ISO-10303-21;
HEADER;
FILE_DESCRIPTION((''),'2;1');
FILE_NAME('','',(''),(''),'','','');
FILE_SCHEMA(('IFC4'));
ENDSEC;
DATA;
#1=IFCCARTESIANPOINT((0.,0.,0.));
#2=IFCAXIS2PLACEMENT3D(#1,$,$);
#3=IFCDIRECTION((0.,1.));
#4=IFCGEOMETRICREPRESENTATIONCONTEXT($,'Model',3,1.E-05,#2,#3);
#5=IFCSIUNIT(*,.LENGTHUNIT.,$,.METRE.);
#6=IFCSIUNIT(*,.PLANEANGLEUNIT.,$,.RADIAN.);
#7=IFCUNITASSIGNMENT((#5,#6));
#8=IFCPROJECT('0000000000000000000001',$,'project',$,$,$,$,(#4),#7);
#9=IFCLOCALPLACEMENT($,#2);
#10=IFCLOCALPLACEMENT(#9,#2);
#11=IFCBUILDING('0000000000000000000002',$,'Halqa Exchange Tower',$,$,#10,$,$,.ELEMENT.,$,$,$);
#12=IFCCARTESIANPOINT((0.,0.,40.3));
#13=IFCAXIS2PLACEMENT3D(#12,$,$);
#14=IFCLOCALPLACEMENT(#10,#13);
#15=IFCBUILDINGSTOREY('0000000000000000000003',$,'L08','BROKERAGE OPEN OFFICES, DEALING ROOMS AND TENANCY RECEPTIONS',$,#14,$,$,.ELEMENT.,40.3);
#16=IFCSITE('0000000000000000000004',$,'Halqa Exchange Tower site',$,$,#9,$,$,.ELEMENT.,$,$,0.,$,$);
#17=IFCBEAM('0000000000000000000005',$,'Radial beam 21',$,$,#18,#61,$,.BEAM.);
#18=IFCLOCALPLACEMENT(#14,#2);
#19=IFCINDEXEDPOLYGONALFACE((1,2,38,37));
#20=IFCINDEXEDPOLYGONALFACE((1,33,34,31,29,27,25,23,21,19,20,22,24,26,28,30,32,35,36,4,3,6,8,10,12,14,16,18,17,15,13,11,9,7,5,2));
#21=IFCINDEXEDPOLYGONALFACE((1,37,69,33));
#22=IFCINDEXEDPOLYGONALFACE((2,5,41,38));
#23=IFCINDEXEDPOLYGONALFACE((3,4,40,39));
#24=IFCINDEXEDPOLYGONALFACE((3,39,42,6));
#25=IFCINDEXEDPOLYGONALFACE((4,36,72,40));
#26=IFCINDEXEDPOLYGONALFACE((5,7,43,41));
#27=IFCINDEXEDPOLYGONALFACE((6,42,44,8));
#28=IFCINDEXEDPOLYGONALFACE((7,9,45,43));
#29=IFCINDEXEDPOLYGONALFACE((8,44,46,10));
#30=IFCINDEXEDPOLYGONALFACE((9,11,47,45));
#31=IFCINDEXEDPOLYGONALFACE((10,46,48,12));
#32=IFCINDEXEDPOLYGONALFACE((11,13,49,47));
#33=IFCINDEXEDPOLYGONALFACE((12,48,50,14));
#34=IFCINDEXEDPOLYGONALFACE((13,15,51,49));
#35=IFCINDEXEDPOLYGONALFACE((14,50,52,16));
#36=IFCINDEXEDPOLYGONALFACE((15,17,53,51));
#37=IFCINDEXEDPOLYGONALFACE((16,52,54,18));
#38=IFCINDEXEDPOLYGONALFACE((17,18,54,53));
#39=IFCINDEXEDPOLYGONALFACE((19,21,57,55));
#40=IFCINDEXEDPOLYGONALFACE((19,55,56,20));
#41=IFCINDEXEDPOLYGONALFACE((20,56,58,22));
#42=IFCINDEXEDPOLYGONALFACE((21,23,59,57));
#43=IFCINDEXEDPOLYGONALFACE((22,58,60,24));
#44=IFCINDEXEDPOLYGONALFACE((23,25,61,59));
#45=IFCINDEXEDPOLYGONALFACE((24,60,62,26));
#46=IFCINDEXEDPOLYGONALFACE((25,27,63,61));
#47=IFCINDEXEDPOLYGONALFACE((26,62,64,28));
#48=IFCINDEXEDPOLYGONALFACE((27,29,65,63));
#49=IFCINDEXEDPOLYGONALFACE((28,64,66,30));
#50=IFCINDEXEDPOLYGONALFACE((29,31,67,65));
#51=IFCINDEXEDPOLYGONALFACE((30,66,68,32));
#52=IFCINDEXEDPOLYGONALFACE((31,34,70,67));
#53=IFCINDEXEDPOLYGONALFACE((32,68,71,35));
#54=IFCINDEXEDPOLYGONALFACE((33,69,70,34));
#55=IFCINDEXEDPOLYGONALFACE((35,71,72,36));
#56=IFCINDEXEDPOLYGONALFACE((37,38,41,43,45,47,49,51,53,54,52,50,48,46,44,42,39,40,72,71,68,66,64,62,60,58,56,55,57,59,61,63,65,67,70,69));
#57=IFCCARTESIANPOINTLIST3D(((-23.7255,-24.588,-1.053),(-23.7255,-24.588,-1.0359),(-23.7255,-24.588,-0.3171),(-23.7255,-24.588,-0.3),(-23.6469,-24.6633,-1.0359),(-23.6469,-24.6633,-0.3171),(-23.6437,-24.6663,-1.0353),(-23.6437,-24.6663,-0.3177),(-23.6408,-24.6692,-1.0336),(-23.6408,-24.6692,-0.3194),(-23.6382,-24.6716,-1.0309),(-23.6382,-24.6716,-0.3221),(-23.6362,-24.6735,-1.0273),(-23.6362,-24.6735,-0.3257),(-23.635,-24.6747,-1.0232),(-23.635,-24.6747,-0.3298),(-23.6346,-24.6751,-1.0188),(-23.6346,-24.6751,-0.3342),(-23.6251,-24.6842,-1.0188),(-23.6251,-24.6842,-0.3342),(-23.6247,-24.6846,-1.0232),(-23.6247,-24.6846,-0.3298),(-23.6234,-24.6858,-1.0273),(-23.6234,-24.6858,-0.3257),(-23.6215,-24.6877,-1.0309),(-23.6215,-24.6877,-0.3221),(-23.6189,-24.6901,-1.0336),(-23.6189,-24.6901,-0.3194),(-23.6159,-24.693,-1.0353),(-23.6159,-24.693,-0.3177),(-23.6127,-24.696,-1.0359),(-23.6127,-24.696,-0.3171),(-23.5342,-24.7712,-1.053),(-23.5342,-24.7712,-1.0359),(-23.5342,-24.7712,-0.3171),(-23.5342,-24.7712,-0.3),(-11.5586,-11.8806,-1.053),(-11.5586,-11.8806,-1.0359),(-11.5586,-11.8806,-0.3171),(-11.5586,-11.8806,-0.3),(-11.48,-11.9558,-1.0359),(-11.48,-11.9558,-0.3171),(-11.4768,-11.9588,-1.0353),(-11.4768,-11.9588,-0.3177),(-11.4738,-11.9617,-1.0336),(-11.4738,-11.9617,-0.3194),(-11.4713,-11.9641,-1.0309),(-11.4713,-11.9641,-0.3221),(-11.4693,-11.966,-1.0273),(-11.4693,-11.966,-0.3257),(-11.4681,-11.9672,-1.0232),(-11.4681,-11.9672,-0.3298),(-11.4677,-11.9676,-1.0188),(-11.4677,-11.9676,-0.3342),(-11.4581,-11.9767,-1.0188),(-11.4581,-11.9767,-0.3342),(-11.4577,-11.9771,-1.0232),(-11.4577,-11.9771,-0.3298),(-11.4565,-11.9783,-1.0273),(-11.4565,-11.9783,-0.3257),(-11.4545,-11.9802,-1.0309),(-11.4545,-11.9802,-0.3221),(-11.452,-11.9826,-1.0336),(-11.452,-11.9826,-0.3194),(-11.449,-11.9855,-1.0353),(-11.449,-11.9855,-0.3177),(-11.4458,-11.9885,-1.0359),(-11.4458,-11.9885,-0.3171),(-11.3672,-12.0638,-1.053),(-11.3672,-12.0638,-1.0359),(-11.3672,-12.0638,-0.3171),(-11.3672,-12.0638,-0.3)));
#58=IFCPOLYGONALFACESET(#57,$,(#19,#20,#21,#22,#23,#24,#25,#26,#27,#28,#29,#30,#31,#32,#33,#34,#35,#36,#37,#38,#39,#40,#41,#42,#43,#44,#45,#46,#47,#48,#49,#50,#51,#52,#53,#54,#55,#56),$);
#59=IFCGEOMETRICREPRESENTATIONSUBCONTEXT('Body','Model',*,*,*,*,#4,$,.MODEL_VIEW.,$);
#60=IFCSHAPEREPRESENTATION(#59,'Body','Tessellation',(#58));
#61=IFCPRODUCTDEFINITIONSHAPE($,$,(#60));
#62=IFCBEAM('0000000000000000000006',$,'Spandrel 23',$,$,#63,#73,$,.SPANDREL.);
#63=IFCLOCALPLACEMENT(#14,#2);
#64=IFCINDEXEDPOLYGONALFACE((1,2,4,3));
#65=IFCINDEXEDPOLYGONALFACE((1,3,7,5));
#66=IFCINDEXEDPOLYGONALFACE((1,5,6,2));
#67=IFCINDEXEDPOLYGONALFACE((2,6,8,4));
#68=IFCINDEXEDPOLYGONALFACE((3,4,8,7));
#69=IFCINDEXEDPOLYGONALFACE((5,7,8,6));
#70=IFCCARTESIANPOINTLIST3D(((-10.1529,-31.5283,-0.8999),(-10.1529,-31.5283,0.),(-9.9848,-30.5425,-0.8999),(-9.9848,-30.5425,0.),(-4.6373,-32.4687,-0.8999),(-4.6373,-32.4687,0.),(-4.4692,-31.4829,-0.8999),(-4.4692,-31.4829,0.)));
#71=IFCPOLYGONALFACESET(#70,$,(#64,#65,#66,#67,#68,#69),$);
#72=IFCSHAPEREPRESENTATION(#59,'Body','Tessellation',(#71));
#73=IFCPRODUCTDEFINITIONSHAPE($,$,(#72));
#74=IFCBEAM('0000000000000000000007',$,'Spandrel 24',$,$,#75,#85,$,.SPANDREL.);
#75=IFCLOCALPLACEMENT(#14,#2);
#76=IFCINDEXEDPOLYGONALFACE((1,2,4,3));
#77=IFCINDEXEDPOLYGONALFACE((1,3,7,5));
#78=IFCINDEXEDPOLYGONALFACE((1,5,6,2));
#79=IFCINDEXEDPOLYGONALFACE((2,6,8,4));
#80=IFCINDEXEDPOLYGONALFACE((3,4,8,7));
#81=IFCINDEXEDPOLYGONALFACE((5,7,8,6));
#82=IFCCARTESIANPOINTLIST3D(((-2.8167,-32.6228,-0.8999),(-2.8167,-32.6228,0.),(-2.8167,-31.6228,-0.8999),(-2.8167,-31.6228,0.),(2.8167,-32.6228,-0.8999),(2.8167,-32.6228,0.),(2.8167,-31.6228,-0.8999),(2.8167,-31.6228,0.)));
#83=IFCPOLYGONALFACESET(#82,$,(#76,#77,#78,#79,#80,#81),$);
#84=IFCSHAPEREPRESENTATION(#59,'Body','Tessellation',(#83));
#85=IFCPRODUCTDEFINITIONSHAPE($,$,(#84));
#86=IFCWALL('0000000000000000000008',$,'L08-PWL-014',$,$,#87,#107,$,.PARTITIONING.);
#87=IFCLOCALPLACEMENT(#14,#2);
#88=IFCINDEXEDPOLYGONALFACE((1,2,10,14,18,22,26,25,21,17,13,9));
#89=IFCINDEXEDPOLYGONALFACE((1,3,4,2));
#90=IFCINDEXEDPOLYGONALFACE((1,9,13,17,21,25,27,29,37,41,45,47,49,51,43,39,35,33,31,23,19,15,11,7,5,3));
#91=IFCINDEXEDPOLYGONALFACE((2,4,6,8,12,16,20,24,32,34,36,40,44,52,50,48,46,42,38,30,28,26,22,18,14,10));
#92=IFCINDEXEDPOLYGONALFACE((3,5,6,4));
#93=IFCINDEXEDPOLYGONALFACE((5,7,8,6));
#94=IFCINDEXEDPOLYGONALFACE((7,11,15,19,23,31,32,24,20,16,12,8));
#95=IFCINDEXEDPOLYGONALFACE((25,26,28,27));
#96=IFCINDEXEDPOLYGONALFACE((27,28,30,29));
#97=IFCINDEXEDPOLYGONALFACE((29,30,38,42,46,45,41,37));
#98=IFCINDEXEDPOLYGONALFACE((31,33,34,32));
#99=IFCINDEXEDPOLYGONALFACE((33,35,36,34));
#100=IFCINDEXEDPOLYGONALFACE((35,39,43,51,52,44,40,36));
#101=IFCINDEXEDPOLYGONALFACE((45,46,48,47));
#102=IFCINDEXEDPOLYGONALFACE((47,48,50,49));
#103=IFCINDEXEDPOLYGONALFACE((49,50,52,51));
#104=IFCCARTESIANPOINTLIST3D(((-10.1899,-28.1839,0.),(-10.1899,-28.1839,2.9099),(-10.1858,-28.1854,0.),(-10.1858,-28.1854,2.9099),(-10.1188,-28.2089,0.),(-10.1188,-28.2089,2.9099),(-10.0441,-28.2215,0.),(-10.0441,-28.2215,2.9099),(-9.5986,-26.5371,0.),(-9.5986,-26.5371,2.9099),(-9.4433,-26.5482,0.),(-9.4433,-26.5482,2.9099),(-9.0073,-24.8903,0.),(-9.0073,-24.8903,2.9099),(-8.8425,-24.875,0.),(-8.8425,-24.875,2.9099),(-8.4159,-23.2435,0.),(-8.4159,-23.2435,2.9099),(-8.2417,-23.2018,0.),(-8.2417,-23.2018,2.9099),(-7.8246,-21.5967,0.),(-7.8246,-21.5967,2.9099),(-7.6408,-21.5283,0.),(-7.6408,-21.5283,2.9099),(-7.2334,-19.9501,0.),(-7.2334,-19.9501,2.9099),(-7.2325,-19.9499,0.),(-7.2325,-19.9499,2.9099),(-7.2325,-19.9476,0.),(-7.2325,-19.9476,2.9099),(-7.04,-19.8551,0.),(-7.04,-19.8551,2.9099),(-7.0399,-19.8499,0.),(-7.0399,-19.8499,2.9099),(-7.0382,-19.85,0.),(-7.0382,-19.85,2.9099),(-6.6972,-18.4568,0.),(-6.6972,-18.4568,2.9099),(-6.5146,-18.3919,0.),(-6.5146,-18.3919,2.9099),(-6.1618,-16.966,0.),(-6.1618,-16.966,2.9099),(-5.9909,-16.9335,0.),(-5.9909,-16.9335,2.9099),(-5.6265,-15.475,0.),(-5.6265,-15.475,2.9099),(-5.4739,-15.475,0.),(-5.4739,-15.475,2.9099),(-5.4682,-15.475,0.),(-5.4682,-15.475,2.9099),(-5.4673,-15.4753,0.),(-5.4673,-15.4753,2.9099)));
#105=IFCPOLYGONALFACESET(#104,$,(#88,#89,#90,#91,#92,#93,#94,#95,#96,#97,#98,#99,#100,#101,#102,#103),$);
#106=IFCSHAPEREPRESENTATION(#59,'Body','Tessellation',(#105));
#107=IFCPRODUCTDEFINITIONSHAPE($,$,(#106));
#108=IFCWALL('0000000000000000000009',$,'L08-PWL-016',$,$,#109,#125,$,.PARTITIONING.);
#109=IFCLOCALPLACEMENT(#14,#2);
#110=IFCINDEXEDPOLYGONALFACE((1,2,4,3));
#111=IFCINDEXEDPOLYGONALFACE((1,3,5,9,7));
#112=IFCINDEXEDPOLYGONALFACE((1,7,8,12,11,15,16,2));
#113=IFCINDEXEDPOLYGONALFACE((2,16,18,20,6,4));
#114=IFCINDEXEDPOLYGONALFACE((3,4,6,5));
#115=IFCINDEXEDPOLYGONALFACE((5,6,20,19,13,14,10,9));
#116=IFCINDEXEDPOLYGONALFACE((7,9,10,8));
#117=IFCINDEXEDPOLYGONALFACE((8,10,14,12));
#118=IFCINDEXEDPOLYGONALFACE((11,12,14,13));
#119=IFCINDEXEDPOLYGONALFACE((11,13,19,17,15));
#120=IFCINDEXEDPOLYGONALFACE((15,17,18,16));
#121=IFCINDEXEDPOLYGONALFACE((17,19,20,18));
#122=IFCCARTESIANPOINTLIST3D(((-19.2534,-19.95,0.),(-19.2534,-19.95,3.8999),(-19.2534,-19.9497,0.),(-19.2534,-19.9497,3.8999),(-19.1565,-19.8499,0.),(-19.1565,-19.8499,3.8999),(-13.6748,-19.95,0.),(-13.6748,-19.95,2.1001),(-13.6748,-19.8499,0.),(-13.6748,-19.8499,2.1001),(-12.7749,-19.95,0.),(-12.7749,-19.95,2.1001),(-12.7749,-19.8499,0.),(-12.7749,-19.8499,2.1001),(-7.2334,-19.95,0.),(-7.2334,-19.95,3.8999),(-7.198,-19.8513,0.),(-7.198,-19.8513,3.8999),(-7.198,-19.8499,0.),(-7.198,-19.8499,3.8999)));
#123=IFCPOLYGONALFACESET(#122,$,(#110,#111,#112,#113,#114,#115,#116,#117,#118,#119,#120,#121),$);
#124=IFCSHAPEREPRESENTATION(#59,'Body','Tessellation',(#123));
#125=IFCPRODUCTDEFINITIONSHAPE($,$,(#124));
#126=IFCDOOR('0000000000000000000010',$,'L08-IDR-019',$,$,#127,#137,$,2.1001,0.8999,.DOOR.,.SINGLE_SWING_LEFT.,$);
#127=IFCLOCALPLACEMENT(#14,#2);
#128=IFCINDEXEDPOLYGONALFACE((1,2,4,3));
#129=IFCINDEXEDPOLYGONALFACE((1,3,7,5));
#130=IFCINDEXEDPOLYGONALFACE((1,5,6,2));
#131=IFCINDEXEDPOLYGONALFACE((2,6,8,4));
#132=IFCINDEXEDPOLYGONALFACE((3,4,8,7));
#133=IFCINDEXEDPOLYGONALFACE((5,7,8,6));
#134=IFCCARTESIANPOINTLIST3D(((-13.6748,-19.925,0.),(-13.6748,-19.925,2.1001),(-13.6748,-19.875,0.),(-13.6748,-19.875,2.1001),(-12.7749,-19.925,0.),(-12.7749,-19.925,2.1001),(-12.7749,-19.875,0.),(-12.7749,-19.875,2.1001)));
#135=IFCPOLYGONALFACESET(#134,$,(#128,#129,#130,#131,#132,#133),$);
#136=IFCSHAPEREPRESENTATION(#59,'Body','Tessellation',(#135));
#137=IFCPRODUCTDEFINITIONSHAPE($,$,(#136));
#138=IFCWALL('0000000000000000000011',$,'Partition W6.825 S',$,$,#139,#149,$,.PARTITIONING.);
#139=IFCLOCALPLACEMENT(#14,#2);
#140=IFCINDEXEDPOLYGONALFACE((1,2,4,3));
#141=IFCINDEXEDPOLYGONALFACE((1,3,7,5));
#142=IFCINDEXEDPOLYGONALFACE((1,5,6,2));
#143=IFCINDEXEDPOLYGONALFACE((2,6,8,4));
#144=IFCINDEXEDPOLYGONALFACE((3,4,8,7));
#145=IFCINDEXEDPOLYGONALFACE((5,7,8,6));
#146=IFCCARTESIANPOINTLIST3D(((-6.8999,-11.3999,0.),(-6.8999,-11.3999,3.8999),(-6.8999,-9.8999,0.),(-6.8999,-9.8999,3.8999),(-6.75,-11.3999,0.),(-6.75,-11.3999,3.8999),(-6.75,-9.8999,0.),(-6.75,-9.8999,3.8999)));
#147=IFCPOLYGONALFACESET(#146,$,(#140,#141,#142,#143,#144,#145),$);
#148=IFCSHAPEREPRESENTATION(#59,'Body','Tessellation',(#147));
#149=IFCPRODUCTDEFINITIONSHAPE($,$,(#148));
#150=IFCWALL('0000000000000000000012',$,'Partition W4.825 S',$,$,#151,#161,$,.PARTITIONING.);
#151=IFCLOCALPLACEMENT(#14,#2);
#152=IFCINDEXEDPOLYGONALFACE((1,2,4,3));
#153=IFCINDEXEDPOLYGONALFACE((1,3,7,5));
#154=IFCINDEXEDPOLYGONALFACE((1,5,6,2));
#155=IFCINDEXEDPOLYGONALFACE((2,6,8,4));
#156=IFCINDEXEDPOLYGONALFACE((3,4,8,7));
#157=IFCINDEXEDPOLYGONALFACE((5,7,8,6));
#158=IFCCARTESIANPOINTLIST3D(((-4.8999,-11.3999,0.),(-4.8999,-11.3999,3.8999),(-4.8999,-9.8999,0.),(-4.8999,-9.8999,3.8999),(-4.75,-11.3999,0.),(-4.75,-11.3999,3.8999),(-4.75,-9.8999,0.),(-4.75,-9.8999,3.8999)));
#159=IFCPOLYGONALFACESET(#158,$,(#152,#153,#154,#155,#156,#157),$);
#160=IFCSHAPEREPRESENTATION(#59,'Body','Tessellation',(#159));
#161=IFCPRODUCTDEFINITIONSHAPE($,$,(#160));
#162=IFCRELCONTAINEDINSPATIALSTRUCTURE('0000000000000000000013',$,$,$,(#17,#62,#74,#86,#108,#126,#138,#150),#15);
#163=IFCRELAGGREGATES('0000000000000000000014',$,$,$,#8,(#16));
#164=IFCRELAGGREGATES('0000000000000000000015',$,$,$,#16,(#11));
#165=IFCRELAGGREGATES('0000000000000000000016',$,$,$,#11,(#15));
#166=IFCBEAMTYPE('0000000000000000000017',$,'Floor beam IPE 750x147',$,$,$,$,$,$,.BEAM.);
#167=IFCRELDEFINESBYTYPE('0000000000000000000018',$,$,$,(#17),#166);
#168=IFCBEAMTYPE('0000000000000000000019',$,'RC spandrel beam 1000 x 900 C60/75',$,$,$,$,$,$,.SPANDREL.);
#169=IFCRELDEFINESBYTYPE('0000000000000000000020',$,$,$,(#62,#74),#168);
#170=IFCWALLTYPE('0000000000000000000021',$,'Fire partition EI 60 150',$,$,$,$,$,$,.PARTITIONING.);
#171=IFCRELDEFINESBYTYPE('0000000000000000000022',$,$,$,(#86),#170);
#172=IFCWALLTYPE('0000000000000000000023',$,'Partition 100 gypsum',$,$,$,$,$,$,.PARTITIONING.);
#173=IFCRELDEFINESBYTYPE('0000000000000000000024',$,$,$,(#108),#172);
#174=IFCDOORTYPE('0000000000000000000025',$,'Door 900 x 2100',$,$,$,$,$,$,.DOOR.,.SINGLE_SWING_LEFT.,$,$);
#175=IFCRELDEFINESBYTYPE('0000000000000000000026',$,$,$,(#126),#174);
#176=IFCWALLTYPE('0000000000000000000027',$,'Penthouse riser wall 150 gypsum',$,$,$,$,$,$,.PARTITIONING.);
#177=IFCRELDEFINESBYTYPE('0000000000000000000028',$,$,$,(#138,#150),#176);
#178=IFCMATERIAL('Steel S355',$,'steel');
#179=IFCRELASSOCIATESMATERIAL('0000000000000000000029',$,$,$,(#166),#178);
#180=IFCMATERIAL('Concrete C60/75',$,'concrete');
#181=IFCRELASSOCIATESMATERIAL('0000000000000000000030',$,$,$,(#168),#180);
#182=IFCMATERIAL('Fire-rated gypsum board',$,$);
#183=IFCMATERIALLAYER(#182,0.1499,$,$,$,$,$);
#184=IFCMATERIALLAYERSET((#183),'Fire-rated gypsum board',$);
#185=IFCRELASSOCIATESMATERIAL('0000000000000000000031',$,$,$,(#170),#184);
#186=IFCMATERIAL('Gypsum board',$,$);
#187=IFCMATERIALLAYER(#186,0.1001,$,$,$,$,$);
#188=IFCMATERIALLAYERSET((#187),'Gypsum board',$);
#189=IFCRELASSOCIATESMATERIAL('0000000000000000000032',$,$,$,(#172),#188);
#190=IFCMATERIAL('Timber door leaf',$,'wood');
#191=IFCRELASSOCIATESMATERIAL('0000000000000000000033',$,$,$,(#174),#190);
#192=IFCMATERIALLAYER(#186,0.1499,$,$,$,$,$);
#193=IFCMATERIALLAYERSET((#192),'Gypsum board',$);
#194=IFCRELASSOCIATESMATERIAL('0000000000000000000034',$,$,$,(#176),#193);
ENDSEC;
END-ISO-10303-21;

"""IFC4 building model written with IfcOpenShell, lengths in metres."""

from ifc_helpers import new_model, si_unit, direction, frame, frame_2d, origin, origin_2d, place, context, subcontext, project, spatial, polyline, rectangle, i_section, outline, extrude, material, layer, layer_set, material_profile, profile_set, type_object, element, fill, save


model = new_model("IFC4")

# Units and contexts
model_context = context("Model", 3, precision=1e-05, world=origin(), true_north=direction((0.0, 1.0)))
body_context = subcontext(model_context, "Body", "Model", "MODEL_VIEW")
ifc_project = project(units=[si_unit("LENGTHUNIT", "METRE"), si_unit("PLANEANGLEUNIT", "RADIAN")], contexts=[model_context])

# Site, building, storey
site_placement = place(None, origin())
site = spatial("IfcSite", under=ifc_project, at=site_placement, Name="Halqa Exchange Tower site", CompositionType="ELEMENT", RefElevation=0.0)
building_placement = place(site_placement, origin())
building = spatial("IfcBuilding", under=site, at=building_placement, Name="Halqa Exchange Tower", CompositionType="ELEMENT")
storey_placement = place(building_placement, frame((0.0, 0.0, 40.3)))
storey = spatial("IfcBuildingStorey", under=building, at=storey_placement, Name="L08", Description="BROKERAGE OPEN OFFICES, DEALING ROOMS AND TENANCY RECEPTIONS", CompositionType="ELEMENT", Elevation=40.3)

# Beams
ifc_material_1 = material(Name="Steel S355", Category="steel")
ifc_material_profile_1 = material_profile(ifc_material_1, i_section(OverallWidth=0.2649, OverallDepth=0.7529, WebThickness=0.0132, FlangeThickness=0.0171, FilletRadius=0.0171, at=origin_2d()), Name="IPE 750x147")
ifc_profile_set_1 = profile_set([ifc_material_profile_1], Name="Steel S355")
beam_type_1 = type_object("IfcBeamType", Name="Floor beam IPE 750x147", PredefinedType="BEAM", material=ifc_profile_set_1)
beam_1_placement = place(storey_placement, frame((-11.4629, -11.9722, -0.6765), z_axis=(-0.691578, -0.722302, 0.0), x_axis=(0.722302, -0.691578, 0.0)))
element("IfcBeam", 1, at=beam_1_placement, inside=storey, type_object=beam_type_1, Name="Radial beam 21", PredefinedType="BEAM", context=body_context, shape_type="SweptSolid", body=[
    extrude(i_section(OverallWidth=0.2649, OverallDepth=0.7529, WebThickness=0.0132, FlangeThickness=0.0171, FilletRadius=0.0171, at=origin_2d()), origin(), (0.0, 0.0, 1.0), 17.593),
])
ifc_material_2 = material(Name="Concrete C60/75", Category="concrete")
ifc_material_profile_2 = material_profile(ifc_material_2, rectangle(XDim=1.0, YDim=0.8999, at=origin_2d()), Name="1000 x 900")
ifc_profile_set_2 = profile_set([ifc_material_profile_2], Name="Concrete C60/75")
beam_type_2 = type_object("IfcBeamType", Name="RC spandrel beam 1000 x 900 C60/75", PredefinedType="SPANDREL", material=ifc_profile_set_2)
beam_2_placement = place(storey_placement, frame((-10.0688, -31.0354, -0.45), z_axis=(0.985774, -0.168077, 0.0), x_axis=(0.168077, 0.985774, 0.0)))
element("IfcBeam", 2, at=beam_2_placement, inside=storey, type_object=beam_type_2, Name="Spandrel 23", PredefinedType="SPANDREL", context=body_context, shape_type="SweptSolid", body=[
    extrude(rectangle(XDim=1.0, YDim=0.8999, at=origin_2d()), origin(), (0.0, 0.0, 1.0), 5.5952),
])
beam_3_placement = place(storey_placement, frame((-2.8167, -32.1228, -0.45), z_axis=(1.0, 0.0, 0.0), x_axis=(0.0, 1.0, 0.0)))
element("IfcBeam", 3, at=beam_3_placement, inside=storey, type_object=beam_type_2, Name="Spandrel 24", PredefinedType="SPANDREL", context=body_context, shape_type="SweptSolid", body=[
    extrude(rectangle(XDim=1.0, YDim=0.8999, at=origin_2d()), origin(), (0.0, 0.0, 1.0), 5.6333),
])

# Wall
ifc_material_3 = material(Name="Fire-rated gypsum board")
ifc_layer_1 = layer(ifc_material_3, 0.1499)
ifc_layer_set_1 = layer_set([ifc_layer_1], Name="Fire-rated gypsum board")
wall_type_1 = type_object("IfcWallType", Name="Fire partition EI 60 150", PredefinedType="PARTITIONING", material=ifc_layer_set_1)
wall_1_placement = place(storey_placement, frame((-10.1194, -28.2092, 0.0), z_axis=(0.0, 0.0, 1.0), x_axis=(0.337949, 0.941164, 0.0)))
element("IfcWall", 4, at=wall_1_placement, inside=storey, type_object=wall_type_1, Name="L08-PWL-014", PredefinedType="PARTITIONING", context=body_context, shape_type="SweptSolid", body=[
    extrude(outline(polyline([(0.0139, -0.075), (1.7917, -0.075), (3.5696, -0.075), (5.3474, -0.075), (7.1255, -0.075), (8.9033, -0.075), (8.9082, -0.0732), (8.9087, -0.075), (10.458, -0.075), (12.0076, -0.075), (13.5569, -0.075), (13.5569, -0.074), (13.5549, -0.0686), (13.5549, -0.0686), (13.5034, 0.075), (11.9192, 0.075), (10.3352, 0.075), (8.7512, 0.075), (8.749, 0.0742), (8.7485, 0.075), (6.999, 0.075), (5.2493, 0.075), (3.4995, 0.075), (1.7498, 0.075), (0.0, 0.075), (0.0, 0.0706), (0.0005, -0.0005), (0.0139, -0.075)])), origin(), (0.0, 0.0, 1.0), 2.9099),
])

# Wall, opening, door
ifc_material_4 = material(Name="Gypsum board")
ifc_layer_2 = layer(ifc_material_4, 0.1001)
ifc_layer_set_2 = layer_set([ifc_layer_2], Name="Gypsum board")
wall_type_2 = type_object("IfcWallType", Name="Partition 100 gypsum", PredefinedType="PARTITIONING", material=ifc_layer_set_2)
wall_2_placement = place(storey_placement, frame((-7.198, -19.8999, 0.0), z_axis=(0.0, 0.0, 1.0), x_axis=(-1.0, 0.0, 0.0)))
wall_2 = element("IfcWall", 5, at=wall_2_placement, inside=storey, type_object=wall_type_2, Name="L08-PWL-016", PredefinedType="PARTITIONING", context=body_context, shape_type="SweptSolid", body=[
    extrude(outline(polyline([(0.0, -0.05), (1.9932, -0.05), (3.9861, -0.05), (5.9792, -0.05), (7.9724, -0.05), (9.9653, -0.05), (11.9585, -0.05), (12.0554, 0.0498), (12.0554, 0.05), (10.3384, 0.05), (8.6211, 0.05), (6.9041, 0.05), (5.1868, 0.05), (3.4697, 0.05), (1.7527, 0.05), (0.0354, 0.05), (0.0, -0.0486), (0.0, -0.05)])), origin(), (0.0, 0.0, 1.0), 3.8999),
])
opening_1_placement = place(wall_2_placement, frame((5.5769, 0.0, 0.0)))
opening_1 = element("IfcOpeningElement", 6, at=opening_1_placement, cuts=wall_2, PredefinedType="OPENING", context=body_context, shape_type="SweptSolid", body=[
    extrude(rectangle(XDim=0.8999, YDim=2.1001, at=frame_2d((0.45, 1.05))), frame((0.0, 0.062, 0.0), z_axis=(0.0, -1.0, 0.0), x_axis=(1.0, 0.0, 0.0)), (0.0, 0.0, 1.0), 0.124),
])
ifc_material_5 = material(Name="Timber door leaf", Category="wood")
door_type_1 = type_object("IfcDoorType", Name="Door 900 x 2100", OperationType="SINGLE_SWING_LEFT", PredefinedType="DOOR", material=ifc_material_5)
door_1_placement = place(opening_1_placement, frame((0.8999, 0.0, 0.0), z_axis=(0.0, 0.0, 1.0), x_axis=(-1.0, 0.0, 0.0)))
door_1 = element("IfcDoor", 7, at=door_1_placement, inside=storey, type_object=door_type_1, Name="L08-IDR-019", OperationType="SINGLE_SWING_LEFT", OverallHeight=2.1001, OverallWidth=0.8999, PredefinedType="DOOR", context=body_context, shape_type="SweptSolid", body=[
    extrude(rectangle(XDim=0.8999, YDim=2.1001, at=frame_2d((0.45, 1.05))), frame((0.0, 0.0249, 0.0), z_axis=(0.0, -1.0, 0.0), x_axis=(1.0, 0.0, 0.0)), (0.0, 0.0, 1.0), 0.05),
])
fill(opening_1, door_1)

# Walls
ifc_layer_3 = layer(ifc_material_4, 0.1499)
ifc_layer_set_3 = layer_set([ifc_layer_3], Name="Gypsum board")
wall_type_3 = type_object("IfcWallType", Name="Penthouse riser wall 150 gypsum", PredefinedType="PARTITIONING", material=ifc_layer_set_3)
for number, where, z_axis, x_axis, name in (
    (8, (-6.825, -11.3999, 0.0), (0.0, 0.0, 1.0), (0.0, 1.0, 0.0), "Partition W6.825 S"),
    (9, (-4.825, -11.3999, 0.0), (0.0, 0.0, 1.0), (0.0, 1.0, 0.0), "Partition W4.825 S"),
):
    element("IfcWall", number, at=place(storey_placement, frame(where, z_axis=z_axis, x_axis=x_axis)), inside=storey, type_object=wall_type_3, Name=name, PredefinedType="PARTITIONING", context=body_context, shape_type="SweptSolid", body=[
        extrude(rectangle(XDim=1.5, YDim=0.1499, at=frame_2d((0.75, 0.0))), origin(), (0.0, 0.0, 1.0), 3.8999),
    ])

save(model, "model.ifc")
